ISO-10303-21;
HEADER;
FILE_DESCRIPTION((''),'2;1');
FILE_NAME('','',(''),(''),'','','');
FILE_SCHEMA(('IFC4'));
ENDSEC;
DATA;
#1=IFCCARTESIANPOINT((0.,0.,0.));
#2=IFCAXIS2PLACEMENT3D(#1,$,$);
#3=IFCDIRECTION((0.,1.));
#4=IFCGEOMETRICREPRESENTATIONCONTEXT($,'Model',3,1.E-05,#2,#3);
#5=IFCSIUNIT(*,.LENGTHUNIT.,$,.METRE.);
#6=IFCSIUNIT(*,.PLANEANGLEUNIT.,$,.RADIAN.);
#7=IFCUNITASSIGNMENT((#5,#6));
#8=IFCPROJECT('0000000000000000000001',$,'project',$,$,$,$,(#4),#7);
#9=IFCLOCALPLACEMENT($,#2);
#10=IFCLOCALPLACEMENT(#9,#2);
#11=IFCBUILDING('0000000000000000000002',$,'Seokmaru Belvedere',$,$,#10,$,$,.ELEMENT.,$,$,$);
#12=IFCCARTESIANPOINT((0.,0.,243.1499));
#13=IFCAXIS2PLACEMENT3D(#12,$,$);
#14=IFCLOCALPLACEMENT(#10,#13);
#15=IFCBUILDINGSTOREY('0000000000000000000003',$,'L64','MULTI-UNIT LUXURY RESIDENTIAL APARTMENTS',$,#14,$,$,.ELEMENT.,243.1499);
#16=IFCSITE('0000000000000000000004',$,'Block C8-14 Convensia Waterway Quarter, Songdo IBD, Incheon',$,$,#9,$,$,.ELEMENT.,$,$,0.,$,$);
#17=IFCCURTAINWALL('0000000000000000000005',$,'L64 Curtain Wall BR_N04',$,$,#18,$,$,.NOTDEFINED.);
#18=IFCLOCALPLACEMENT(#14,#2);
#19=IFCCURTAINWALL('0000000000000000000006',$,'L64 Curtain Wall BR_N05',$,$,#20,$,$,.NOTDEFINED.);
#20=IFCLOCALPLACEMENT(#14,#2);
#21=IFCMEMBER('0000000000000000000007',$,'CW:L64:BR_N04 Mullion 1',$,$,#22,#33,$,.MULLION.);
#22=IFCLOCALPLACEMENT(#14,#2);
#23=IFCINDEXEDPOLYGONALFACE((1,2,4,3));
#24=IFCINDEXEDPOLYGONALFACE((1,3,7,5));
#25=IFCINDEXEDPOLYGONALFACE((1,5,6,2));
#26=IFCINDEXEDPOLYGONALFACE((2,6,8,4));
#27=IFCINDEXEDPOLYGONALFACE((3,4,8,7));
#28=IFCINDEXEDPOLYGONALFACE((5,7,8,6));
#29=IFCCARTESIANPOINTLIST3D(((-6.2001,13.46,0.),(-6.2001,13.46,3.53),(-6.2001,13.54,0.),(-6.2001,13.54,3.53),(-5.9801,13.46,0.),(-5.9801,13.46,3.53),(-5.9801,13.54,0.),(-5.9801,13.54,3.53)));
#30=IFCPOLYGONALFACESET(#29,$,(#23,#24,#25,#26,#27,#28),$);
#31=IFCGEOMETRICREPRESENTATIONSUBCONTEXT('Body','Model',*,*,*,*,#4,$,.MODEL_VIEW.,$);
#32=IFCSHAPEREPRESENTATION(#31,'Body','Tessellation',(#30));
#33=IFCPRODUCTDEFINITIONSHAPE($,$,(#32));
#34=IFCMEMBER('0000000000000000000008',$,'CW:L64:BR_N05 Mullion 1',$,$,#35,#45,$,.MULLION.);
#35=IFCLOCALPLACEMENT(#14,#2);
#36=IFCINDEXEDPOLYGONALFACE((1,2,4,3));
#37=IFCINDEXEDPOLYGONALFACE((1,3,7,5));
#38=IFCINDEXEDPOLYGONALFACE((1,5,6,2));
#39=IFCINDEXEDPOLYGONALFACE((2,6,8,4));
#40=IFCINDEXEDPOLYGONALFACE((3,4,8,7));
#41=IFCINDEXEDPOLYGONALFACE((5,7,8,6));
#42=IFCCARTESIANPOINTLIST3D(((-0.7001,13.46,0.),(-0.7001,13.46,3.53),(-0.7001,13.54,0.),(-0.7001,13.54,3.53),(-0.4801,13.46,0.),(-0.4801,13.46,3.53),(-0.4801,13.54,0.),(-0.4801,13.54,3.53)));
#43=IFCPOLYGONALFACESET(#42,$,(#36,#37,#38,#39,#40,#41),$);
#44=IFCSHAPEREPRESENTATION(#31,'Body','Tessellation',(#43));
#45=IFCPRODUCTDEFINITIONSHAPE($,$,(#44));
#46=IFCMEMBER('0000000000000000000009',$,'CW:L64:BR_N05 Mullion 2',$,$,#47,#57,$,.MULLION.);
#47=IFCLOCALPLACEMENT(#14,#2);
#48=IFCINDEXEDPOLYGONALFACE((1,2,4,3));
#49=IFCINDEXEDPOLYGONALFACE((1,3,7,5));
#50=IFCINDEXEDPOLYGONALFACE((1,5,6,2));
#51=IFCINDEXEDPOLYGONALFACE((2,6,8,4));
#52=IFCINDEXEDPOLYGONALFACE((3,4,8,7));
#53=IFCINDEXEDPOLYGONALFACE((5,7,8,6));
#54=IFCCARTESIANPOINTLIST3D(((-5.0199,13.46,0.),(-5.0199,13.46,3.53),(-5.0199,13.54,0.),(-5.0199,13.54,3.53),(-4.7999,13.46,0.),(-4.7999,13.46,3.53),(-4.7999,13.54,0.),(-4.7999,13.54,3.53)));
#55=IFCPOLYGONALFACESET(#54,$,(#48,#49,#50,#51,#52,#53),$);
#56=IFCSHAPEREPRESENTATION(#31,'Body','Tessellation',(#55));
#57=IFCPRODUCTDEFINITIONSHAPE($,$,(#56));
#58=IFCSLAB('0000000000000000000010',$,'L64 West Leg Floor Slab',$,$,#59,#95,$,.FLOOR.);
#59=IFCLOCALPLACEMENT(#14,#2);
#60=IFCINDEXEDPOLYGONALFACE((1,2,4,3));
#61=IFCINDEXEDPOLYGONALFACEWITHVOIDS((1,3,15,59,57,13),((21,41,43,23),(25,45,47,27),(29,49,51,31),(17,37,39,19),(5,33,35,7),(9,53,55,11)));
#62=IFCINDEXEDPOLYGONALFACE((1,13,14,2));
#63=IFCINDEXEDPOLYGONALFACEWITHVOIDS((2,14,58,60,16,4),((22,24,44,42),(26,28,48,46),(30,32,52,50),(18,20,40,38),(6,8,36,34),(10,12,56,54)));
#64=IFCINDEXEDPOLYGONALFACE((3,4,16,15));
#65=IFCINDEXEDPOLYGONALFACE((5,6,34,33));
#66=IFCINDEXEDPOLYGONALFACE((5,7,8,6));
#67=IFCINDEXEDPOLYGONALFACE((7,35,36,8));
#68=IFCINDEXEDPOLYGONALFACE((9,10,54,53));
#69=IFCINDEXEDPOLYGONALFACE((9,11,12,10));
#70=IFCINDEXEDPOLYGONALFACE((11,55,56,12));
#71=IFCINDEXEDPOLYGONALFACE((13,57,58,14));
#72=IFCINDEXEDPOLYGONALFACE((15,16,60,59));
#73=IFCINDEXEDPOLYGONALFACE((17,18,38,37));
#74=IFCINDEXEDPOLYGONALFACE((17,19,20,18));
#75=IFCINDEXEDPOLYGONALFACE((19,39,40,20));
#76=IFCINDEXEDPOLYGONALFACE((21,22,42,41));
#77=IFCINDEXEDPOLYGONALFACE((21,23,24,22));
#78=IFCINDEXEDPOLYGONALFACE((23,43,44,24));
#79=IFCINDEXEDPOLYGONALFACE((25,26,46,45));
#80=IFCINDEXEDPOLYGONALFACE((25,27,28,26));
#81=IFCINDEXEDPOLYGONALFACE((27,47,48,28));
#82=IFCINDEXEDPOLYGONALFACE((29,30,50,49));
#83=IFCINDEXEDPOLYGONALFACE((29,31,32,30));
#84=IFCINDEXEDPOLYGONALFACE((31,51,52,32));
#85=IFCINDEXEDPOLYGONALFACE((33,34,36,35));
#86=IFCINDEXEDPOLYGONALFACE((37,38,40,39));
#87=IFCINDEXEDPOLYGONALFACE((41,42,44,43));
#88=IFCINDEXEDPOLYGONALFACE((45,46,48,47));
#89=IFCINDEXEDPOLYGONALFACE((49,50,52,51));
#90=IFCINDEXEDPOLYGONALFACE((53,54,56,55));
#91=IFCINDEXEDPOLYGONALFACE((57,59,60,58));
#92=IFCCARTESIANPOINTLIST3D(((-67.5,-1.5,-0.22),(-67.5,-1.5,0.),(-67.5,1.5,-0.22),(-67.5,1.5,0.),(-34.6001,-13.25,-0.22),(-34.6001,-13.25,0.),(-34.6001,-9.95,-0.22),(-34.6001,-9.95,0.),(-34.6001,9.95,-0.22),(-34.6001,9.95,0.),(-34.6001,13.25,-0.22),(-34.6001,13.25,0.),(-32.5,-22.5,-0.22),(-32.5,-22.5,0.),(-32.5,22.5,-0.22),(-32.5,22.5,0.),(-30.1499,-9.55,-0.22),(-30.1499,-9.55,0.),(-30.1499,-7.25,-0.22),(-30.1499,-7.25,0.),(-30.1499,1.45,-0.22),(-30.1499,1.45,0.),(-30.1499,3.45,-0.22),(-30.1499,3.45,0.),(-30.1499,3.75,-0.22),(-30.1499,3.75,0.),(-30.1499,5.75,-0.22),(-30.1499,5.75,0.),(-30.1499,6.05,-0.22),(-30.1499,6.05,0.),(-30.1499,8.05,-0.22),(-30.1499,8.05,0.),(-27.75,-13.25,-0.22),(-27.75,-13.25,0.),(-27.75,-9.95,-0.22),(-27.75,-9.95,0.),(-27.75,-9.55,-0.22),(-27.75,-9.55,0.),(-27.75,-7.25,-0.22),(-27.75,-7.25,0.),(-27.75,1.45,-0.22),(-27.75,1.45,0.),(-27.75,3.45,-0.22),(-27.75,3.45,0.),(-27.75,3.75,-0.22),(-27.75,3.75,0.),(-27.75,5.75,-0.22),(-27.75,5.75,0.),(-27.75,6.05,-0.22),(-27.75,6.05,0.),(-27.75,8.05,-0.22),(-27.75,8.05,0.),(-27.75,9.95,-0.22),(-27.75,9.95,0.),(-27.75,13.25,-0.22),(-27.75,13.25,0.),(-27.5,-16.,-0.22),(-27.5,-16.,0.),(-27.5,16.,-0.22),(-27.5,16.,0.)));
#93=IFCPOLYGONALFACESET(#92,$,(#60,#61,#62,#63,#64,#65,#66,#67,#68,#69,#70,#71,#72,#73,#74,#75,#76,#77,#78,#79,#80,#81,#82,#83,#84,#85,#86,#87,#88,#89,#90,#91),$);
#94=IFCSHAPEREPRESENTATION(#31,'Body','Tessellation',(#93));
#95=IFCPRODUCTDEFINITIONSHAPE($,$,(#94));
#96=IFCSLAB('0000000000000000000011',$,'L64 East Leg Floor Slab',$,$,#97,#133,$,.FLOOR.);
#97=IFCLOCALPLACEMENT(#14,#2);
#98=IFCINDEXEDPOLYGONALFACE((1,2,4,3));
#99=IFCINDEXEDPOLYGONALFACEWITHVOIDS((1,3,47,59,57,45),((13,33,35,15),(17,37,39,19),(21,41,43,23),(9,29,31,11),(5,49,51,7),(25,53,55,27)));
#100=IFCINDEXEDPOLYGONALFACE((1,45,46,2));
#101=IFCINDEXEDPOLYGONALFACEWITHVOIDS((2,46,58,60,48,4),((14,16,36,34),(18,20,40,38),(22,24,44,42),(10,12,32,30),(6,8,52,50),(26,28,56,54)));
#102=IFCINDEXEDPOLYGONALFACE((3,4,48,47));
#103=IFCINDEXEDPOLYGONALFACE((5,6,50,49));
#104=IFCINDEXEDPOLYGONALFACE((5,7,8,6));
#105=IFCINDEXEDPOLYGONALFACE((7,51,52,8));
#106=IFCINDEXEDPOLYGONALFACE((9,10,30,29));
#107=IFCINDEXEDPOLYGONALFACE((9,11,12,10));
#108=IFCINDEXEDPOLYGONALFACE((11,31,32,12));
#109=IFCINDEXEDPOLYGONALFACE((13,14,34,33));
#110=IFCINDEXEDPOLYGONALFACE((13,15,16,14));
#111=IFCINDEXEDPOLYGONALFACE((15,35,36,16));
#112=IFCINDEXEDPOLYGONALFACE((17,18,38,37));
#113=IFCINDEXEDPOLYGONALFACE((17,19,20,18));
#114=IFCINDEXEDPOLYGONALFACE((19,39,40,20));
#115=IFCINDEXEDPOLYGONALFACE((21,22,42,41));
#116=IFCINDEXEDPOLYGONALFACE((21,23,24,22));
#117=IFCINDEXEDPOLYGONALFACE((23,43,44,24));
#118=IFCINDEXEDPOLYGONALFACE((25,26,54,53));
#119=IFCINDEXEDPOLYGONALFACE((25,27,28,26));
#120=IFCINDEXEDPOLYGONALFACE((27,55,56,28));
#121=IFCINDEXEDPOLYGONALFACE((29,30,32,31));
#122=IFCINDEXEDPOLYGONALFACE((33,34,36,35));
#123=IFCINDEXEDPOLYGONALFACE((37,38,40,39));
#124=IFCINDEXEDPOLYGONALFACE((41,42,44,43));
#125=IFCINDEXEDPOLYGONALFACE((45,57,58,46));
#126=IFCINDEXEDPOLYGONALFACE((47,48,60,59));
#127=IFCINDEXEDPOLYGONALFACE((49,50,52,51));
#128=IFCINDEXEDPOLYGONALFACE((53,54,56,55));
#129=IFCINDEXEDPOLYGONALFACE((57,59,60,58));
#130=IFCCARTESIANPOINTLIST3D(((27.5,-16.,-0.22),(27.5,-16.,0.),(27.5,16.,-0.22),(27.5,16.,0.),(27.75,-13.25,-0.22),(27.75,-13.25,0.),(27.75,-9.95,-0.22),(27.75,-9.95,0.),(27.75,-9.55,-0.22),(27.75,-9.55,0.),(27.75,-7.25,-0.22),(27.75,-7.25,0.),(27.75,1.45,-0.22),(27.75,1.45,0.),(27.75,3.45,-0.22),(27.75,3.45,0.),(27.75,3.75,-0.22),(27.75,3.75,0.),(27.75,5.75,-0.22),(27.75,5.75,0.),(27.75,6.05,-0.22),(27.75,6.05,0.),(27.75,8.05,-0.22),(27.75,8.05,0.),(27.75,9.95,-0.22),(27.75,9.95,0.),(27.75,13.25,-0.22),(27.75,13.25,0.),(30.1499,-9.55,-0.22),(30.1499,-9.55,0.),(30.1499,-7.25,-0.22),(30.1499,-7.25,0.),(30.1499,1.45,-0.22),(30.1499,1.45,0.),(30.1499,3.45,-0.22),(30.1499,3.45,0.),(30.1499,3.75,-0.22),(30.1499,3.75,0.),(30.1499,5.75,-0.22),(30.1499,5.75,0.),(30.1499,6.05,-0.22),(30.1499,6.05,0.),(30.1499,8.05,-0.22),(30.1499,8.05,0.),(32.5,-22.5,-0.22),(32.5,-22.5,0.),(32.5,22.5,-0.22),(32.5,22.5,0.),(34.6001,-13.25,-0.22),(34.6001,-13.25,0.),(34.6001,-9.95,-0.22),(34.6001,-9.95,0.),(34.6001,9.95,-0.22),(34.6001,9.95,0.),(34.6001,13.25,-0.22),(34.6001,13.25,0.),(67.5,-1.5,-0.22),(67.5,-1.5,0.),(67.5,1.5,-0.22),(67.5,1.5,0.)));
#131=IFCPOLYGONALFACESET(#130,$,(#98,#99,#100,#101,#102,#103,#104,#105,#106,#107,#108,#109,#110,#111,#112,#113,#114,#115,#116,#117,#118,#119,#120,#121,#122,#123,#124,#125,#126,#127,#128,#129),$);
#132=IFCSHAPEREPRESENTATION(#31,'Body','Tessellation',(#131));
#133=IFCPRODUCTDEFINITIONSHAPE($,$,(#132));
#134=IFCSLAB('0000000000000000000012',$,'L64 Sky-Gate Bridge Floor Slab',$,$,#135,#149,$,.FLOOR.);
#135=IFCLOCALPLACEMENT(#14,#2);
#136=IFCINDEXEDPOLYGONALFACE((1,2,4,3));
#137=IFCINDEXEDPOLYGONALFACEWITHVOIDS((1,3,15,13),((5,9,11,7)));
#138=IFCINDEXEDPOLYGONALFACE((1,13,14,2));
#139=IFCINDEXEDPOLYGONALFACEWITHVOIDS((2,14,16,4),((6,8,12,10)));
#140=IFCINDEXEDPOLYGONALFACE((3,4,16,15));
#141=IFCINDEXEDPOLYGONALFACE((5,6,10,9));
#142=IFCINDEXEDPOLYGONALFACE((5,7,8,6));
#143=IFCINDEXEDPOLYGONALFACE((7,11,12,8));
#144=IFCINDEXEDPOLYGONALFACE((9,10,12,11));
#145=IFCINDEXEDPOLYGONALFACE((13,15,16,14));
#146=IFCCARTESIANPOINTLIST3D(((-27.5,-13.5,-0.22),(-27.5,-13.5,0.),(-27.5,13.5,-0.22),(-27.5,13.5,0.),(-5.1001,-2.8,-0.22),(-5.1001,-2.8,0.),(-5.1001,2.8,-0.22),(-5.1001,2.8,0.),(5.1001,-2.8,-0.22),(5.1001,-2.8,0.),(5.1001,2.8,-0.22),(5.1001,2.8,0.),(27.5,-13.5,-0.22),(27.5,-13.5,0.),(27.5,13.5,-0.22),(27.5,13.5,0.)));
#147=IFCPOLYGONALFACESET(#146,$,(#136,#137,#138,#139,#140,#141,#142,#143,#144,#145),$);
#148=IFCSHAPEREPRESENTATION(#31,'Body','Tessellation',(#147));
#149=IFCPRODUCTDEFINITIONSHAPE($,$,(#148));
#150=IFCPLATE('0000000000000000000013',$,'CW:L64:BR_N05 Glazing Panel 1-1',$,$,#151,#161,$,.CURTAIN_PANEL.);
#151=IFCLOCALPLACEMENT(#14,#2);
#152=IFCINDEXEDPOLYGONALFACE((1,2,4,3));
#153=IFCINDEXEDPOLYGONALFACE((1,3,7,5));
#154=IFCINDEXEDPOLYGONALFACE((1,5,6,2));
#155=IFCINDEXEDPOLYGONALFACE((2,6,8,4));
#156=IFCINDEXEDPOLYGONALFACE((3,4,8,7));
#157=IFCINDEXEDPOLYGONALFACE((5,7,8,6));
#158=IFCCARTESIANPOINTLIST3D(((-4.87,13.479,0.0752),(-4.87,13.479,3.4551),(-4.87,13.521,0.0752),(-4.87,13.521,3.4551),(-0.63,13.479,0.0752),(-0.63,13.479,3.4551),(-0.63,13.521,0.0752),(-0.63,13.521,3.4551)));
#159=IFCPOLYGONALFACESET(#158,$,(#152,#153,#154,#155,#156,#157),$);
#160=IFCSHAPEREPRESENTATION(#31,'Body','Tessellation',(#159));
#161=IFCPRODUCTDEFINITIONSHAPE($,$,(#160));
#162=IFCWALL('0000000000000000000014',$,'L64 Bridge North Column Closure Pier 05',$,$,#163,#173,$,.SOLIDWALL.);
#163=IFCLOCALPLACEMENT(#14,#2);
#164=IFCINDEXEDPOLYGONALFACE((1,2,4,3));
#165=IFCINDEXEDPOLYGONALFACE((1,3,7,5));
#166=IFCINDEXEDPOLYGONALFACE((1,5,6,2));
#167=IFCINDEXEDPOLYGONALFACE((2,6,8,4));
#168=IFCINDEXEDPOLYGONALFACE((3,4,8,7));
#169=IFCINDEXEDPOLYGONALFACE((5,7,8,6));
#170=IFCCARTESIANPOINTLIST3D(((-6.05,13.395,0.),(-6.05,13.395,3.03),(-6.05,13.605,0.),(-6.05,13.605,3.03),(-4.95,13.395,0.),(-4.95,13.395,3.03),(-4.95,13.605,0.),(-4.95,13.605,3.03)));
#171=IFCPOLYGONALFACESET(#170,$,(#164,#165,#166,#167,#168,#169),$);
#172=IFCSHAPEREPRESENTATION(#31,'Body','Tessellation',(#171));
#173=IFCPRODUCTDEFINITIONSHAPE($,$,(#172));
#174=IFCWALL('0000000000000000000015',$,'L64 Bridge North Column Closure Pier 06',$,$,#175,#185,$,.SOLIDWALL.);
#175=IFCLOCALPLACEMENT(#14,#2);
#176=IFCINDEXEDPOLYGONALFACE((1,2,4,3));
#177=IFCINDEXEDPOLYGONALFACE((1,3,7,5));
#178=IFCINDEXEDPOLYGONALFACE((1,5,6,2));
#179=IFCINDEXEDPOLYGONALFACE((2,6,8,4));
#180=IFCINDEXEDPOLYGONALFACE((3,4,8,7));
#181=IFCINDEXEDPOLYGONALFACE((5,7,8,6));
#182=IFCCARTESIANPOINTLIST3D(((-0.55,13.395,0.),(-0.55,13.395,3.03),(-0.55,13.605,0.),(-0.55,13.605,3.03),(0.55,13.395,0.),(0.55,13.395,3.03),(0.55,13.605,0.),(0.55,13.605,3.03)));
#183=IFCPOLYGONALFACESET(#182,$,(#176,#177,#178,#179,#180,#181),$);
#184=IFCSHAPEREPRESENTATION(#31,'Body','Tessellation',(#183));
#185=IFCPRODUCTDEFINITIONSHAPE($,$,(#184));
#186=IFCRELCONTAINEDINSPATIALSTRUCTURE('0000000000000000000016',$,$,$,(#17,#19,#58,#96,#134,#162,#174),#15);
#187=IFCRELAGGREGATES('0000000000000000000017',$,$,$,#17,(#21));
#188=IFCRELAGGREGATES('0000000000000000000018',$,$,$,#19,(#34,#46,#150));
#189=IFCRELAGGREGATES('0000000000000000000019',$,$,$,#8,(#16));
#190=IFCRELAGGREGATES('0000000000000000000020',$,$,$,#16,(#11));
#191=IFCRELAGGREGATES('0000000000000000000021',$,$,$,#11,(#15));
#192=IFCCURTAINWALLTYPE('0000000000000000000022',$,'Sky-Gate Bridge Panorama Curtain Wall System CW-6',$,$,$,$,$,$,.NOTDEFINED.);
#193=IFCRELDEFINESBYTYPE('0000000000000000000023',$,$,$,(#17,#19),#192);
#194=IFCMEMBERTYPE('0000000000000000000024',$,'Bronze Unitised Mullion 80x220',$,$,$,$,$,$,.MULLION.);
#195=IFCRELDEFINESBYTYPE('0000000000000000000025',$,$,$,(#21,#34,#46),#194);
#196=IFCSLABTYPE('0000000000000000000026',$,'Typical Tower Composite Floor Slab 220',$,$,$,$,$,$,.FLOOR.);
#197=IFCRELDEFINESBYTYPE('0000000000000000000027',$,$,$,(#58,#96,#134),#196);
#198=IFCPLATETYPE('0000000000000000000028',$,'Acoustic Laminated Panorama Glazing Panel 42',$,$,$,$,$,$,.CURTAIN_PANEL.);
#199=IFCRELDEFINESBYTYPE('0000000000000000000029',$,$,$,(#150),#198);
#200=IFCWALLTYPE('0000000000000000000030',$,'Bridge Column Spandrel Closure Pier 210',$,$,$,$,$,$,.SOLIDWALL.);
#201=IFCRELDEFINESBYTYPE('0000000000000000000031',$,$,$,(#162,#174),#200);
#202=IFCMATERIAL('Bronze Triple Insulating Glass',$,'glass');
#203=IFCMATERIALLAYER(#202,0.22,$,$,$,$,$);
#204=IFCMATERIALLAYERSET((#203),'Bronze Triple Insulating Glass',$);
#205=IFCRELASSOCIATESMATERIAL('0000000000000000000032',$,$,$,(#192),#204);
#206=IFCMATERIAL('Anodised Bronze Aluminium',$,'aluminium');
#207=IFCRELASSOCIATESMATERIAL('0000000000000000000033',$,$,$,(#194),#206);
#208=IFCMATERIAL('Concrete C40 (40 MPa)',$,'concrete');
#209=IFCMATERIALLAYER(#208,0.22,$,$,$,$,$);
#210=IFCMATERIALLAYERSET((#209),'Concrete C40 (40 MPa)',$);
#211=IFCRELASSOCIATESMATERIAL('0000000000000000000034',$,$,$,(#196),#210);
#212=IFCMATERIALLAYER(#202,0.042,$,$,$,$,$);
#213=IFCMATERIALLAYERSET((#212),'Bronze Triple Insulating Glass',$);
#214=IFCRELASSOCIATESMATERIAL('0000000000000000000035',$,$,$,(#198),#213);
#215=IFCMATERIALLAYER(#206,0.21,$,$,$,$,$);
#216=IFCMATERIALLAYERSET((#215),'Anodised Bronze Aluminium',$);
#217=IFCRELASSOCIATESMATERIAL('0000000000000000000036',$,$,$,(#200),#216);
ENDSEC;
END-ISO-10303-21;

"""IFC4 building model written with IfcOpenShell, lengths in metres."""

from ifc_helpers import new_model, si_unit, direction, frame, frame_2d, origin, origin_2d, place, context, subcontext, project, spatial, polyline, rectangle, outline, extrude, source, transform, mapped, material, layer, layer_set, material_profile, profile_set, type_object, type_shapes, element, aggregate, save


model = new_model("IFC4")

# Units and contexts
model_context = context("Model", 3, precision=1e-05, world=origin(), true_north=direction((0.0, 1.0)))
body_context = subcontext(model_context, "Body", "Model", "MODEL_VIEW")
ifc_project = project(units=[si_unit("LENGTHUNIT", "METRE"), si_unit("PLANEANGLEUNIT", "RADIAN")], contexts=[model_context])

# Site, building, storey
site_placement = place(None, origin())
site = spatial("IfcSite", under=ifc_project, at=site_placement, Name="Block C8-14 Convensia Waterway Quarter, Songdo IBD, Incheon", CompositionType="ELEMENT", RefElevation=0.0)
building_placement = place(site_placement, origin())
building = spatial("IfcBuilding", under=site, at=building_placement, Name="Seokmaru Belvedere", CompositionType="ELEMENT")
storey_placement = place(building_placement, frame((0.0, 0.0, 243.1499)))
storey = spatial("IfcBuildingStorey", under=building, at=storey_placement, Name="L64", Description="MULTI-UNIT LUXURY RESIDENTIAL APARTMENTS", CompositionType="ELEMENT", Elevation=243.1499)

# Curtain walls
ifc_material_1 = material(Name="Bronze Triple Insulating Glass", Category="glass")
ifc_layer_1 = layer(ifc_material_1, 0.22)
ifc_layer_set_1 = layer_set([ifc_layer_1], Name="Bronze Triple Insulating Glass")
curtain_wall_type = type_object("IfcCurtainWallType", Name="Sky-Gate Bridge Panorama Curtain Wall System CW-6", PredefinedType="NOTDEFINED", material=ifc_layer_set_1)
curtain_wall_1_placement = place(storey_placement, origin())
curtain_wall_1 = element("IfcCurtainWall", 1, at=curtain_wall_1_placement, inside=storey, type_object=curtain_wall_type, Name="L64 Curtain Wall BR_N04", PredefinedType="NOTDEFINED")
ifc_material_2 = material(Name="Anodised Bronze Aluminium", Category="aluminium")
curtain_wall_2_placement = place(storey_placement, origin())
curtain_wall_2 = element("IfcCurtainWall", 2, at=curtain_wall_2_placement, inside=storey, type_object=curtain_wall_type, Name="L64 Curtain Wall BR_N05", PredefinedType="NOTDEFINED")

# Members
ifc_material_profile_1 = material_profile(ifc_material_2, rectangle(XDim=0.0801, YDim=0.22, at=origin_2d()), Name="CW-M-80x220")
ifc_profile_set_1 = profile_set([ifc_material_profile_1], Name="Anodised Bronze Aluminium")
member_type_1 = type_object("IfcMemberType", Name="Bronze Unitised Mullion 80x220", PredefinedType="MULLION", material=ifc_profile_set_1)
shared_shape_1 = source(origin(), body_context, "Body", "SweptSolid", [
    extrude(rectangle(XDim=0.0801, YDim=0.22, at=origin_2d()), origin(), (0.0, 0.0, 1.0), 3.53),
])
type_shapes(member_type_1, [shared_shape_1])
member_1_placement = place(storey_placement, frame((-6.0901, 13.5, 0.0), z_axis=(0.0, 0.0, 1.0), x_axis=(0.0, -1.0, 0.0)))
member_1 = element("IfcMember", 3, at=member_1_placement, type_object=member_type_1, Name="CW:L64:BR_N04 Mullion 1", PredefinedType="MULLION", context=body_context, shape_type="MappedRepresentation", body=[
    mapped(shared_shape_1, transform((0.0, 0.0, 0.0), scale=1.0)),
])
aggregate(curtain_wall_1, [member_1])
member_2_placement = place(storey_placement, frame((-0.5901, 13.5, 0.0), z_axis=(0.0, 0.0, 1.0), x_axis=(0.0, -1.0, 0.0)))
member_2 = element("IfcMember", 4, at=member_2_placement, type_object=member_type_1, Name="CW:L64:BR_N05 Mullion 1", PredefinedType="MULLION", context=body_context, shape_type="MappedRepresentation", body=[
    mapped(shared_shape_1, transform((0.0, 0.0, 0.0), scale=1.0)),
])
member_3_placement = place(storey_placement, frame((-4.9099, 13.5, 0.0), z_axis=(0.0, 0.0, 1.0), x_axis=(0.0, -1.0, 0.0)))
member_3 = element("IfcMember", 5, at=member_3_placement, type_object=member_type_1, Name="CW:L64:BR_N05 Mullion 2", PredefinedType="MULLION", context=body_context, shape_type="MappedRepresentation", body=[
    mapped(shared_shape_1, transform((0.0, 0.0, 0.0), scale=1.0)),
])

# Slabs
ifc_material_3 = material(Name="Concrete C40 (40 MPa)", Category="concrete")
ifc_layer_2 = layer(ifc_material_3, 0.22)
ifc_layer_set_2 = layer_set([ifc_layer_2], Name="Concrete C40 (40 MPa)")
slab_type = type_object("IfcSlabType", Name="Typical Tower Composite Floor Slab 220", PredefinedType="FLOOR", material=ifc_layer_set_2)
slab_1_placement = place(storey_placement, frame((0.0, 0.0, -0.22)))
element("IfcSlab", 6, at=slab_1_placement, inside=storey, type_object=slab_type, Name="L64 West Leg Floor Slab", PredefinedType="FLOOR", context=body_context, shape_type="SweptSolid", body=[
    extrude(outline(polyline([(-27.5, -16.0), (-27.5, 16.0), (-32.5, 22.5), (-67.5, 1.5), (-67.5, -1.5), (-32.5, -22.5), (-27.5, -16.0)]), holes=[polyline([(-34.6001, -13.25), (-27.75, -13.25), (-27.75, -9.95), (-34.6001, -9.95), (-34.6001, -13.25)]), polyline([(-34.6001, 9.95), (-27.75, 9.95), (-27.75, 13.25), (-34.6001, 13.25), (-34.6001, 9.95)]), polyline([(-30.1499, -9.55), (-27.75, -9.55), (-27.75, -7.25), (-30.1499, -7.25), (-30.1499, -9.55)]), polyline([(-30.1499, 1.45), (-27.75, 1.45), (-27.75, 3.45), (-30.1499, 3.45), (-30.1499, 1.45)]), polyline([(-30.1499, 3.75), (-27.75, 3.75), (-27.75, 5.75), (-30.1499, 5.75), (-30.1499, 3.75)]), polyline([(-30.1499, 6.05), (-27.75, 6.05), (-27.75, 8.05), (-30.1499, 8.05), (-30.1499, 6.05)])]), origin(), (0.0, 0.0, 1.0), 0.22),
])
slab_2_placement = place(storey_placement, frame((0.0, 0.0, -0.22)))
element("IfcSlab", 7, at=slab_2_placement, inside=storey, type_object=slab_type, Name="L64 East Leg Floor Slab", PredefinedType="FLOOR", context=body_context, shape_type="SweptSolid", body=[
    extrude(outline(polyline([(32.5, -22.5), (67.5, -1.5), (67.5, 1.5), (32.5, 22.5), (27.5, 16.0), (27.5, -16.0), (32.5, -22.5)]), holes=[polyline([(27.75, -13.25), (34.6001, -13.25), (34.6001, -9.95), (27.75, -9.95), (27.75, -13.25)]), polyline([(27.75, 9.95), (34.6001, 9.95), (34.6001, 13.25), (27.75, 13.25), (27.75, 9.95)]), polyline([(27.75, -9.55), (30.1499, -9.55), (30.1499, -7.25), (27.75, -7.25), (27.75, -9.55)]), polyline([(27.75, 1.45), (30.1499, 1.45), (30.1499, 3.45), (27.75, 3.45), (27.75, 1.45)]), polyline([(27.75, 3.75), (30.1499, 3.75), (30.1499, 5.75), (27.75, 5.75), (27.75, 3.75)]), polyline([(27.75, 6.05), (30.1499, 6.05), (30.1499, 8.05), (27.75, 8.05), (27.75, 6.05)])]), origin(), (0.0, 0.0, 1.0), 0.22),
])
slab_3_placement = place(storey_placement, frame((0.0, 0.0, -0.22)))
element("IfcSlab", 8, at=slab_3_placement, inside=storey, type_object=slab_type, Name="L64 Sky-Gate Bridge Floor Slab", PredefinedType="FLOOR", context=body_context, shape_type="SweptSolid", body=[
    extrude(outline(polyline([(-27.5, -13.5), (27.5, -13.5), (27.5, 13.5), (-27.5, 13.5), (-27.5, -13.5)]), holes=[polyline([(-5.1001, -2.8), (5.1001, -2.8), (5.1001, 2.8), (-5.1001, 2.8), (-5.1001, -2.8)])]), origin(), (0.0, 0.0, 1.0), 0.22),
])

# Plate
ifc_layer_3 = layer(ifc_material_1, 0.042)
ifc_layer_set_3 = layer_set([ifc_layer_3], Name="Bronze Triple Insulating Glass")
plate_type = type_object("IfcPlateType", Name="Acoustic Laminated Panorama Glazing Panel 42", PredefinedType="CURTAIN_PANEL", material=ifc_layer_set_3)
shared_shape_2 = source(origin(), body_context, "Body", "SweptSolid", [
    extrude(rectangle(XDim=4.24, YDim=0.042, at=origin_2d()), origin(), (0.0, 0.0, 1.0), 3.3799),
])
type_shapes(plate_type, [shared_shape_2])
plate_placement = place(storey_placement, frame((-2.75, 13.5, 0.0752), z_axis=(0.0, 0.0, 1.0), x_axis=(-1.0, 0.0, 0.0)))
plate = element("IfcPlate", 9, at=plate_placement, type_object=plate_type, Name="CW:L64:BR_N05 Glazing Panel 1-1", PredefinedType="CURTAIN_PANEL", context=body_context, shape_type="MappedRepresentation", body=[
    mapped(shared_shape_2, transform((0.0, 0.0, 0.0), scale=1.0)),
])
aggregate(curtain_wall_2, [member_2, member_3, plate])

# Walls
ifc_layer_4 = layer(ifc_material_2, 0.21)
ifc_layer_set_4 = layer_set([ifc_layer_4], Name="Anodised Bronze Aluminium")
wall_type_1 = type_object("IfcWallType", Name="Bridge Column Spandrel Closure Pier 210", PredefinedType="SOLIDWALL", material=ifc_layer_set_4)
for number, where, z_axis, x_axis, name in (
    (10, (-6.05, 13.5, 0.0), (0.0, 0.0, 1.0), (1.0, 0.0, 0.0), "L64 Bridge North Column Closure Pier 05"),
    (11, (-0.55, 13.5, 0.0), (0.0, 0.0, 1.0), (1.0, 0.0, 0.0), "L64 Bridge North Column Closure Pier 06"),
):
    element("IfcWall", number, at=place(storey_placement, frame(where, z_axis=z_axis, x_axis=x_axis)), inside=storey, type_object=wall_type_1, Name=name, PredefinedType="SOLIDWALL", context=body_context, shape_type="SweptSolid", body=[
        extrude(rectangle(XDim=1.1001, YDim=0.21, at=frame_2d((0.55, 0.0))), origin(), (0.0, 0.0, 1.0), 3.03),
    ])

save(model, "model.ifc")
